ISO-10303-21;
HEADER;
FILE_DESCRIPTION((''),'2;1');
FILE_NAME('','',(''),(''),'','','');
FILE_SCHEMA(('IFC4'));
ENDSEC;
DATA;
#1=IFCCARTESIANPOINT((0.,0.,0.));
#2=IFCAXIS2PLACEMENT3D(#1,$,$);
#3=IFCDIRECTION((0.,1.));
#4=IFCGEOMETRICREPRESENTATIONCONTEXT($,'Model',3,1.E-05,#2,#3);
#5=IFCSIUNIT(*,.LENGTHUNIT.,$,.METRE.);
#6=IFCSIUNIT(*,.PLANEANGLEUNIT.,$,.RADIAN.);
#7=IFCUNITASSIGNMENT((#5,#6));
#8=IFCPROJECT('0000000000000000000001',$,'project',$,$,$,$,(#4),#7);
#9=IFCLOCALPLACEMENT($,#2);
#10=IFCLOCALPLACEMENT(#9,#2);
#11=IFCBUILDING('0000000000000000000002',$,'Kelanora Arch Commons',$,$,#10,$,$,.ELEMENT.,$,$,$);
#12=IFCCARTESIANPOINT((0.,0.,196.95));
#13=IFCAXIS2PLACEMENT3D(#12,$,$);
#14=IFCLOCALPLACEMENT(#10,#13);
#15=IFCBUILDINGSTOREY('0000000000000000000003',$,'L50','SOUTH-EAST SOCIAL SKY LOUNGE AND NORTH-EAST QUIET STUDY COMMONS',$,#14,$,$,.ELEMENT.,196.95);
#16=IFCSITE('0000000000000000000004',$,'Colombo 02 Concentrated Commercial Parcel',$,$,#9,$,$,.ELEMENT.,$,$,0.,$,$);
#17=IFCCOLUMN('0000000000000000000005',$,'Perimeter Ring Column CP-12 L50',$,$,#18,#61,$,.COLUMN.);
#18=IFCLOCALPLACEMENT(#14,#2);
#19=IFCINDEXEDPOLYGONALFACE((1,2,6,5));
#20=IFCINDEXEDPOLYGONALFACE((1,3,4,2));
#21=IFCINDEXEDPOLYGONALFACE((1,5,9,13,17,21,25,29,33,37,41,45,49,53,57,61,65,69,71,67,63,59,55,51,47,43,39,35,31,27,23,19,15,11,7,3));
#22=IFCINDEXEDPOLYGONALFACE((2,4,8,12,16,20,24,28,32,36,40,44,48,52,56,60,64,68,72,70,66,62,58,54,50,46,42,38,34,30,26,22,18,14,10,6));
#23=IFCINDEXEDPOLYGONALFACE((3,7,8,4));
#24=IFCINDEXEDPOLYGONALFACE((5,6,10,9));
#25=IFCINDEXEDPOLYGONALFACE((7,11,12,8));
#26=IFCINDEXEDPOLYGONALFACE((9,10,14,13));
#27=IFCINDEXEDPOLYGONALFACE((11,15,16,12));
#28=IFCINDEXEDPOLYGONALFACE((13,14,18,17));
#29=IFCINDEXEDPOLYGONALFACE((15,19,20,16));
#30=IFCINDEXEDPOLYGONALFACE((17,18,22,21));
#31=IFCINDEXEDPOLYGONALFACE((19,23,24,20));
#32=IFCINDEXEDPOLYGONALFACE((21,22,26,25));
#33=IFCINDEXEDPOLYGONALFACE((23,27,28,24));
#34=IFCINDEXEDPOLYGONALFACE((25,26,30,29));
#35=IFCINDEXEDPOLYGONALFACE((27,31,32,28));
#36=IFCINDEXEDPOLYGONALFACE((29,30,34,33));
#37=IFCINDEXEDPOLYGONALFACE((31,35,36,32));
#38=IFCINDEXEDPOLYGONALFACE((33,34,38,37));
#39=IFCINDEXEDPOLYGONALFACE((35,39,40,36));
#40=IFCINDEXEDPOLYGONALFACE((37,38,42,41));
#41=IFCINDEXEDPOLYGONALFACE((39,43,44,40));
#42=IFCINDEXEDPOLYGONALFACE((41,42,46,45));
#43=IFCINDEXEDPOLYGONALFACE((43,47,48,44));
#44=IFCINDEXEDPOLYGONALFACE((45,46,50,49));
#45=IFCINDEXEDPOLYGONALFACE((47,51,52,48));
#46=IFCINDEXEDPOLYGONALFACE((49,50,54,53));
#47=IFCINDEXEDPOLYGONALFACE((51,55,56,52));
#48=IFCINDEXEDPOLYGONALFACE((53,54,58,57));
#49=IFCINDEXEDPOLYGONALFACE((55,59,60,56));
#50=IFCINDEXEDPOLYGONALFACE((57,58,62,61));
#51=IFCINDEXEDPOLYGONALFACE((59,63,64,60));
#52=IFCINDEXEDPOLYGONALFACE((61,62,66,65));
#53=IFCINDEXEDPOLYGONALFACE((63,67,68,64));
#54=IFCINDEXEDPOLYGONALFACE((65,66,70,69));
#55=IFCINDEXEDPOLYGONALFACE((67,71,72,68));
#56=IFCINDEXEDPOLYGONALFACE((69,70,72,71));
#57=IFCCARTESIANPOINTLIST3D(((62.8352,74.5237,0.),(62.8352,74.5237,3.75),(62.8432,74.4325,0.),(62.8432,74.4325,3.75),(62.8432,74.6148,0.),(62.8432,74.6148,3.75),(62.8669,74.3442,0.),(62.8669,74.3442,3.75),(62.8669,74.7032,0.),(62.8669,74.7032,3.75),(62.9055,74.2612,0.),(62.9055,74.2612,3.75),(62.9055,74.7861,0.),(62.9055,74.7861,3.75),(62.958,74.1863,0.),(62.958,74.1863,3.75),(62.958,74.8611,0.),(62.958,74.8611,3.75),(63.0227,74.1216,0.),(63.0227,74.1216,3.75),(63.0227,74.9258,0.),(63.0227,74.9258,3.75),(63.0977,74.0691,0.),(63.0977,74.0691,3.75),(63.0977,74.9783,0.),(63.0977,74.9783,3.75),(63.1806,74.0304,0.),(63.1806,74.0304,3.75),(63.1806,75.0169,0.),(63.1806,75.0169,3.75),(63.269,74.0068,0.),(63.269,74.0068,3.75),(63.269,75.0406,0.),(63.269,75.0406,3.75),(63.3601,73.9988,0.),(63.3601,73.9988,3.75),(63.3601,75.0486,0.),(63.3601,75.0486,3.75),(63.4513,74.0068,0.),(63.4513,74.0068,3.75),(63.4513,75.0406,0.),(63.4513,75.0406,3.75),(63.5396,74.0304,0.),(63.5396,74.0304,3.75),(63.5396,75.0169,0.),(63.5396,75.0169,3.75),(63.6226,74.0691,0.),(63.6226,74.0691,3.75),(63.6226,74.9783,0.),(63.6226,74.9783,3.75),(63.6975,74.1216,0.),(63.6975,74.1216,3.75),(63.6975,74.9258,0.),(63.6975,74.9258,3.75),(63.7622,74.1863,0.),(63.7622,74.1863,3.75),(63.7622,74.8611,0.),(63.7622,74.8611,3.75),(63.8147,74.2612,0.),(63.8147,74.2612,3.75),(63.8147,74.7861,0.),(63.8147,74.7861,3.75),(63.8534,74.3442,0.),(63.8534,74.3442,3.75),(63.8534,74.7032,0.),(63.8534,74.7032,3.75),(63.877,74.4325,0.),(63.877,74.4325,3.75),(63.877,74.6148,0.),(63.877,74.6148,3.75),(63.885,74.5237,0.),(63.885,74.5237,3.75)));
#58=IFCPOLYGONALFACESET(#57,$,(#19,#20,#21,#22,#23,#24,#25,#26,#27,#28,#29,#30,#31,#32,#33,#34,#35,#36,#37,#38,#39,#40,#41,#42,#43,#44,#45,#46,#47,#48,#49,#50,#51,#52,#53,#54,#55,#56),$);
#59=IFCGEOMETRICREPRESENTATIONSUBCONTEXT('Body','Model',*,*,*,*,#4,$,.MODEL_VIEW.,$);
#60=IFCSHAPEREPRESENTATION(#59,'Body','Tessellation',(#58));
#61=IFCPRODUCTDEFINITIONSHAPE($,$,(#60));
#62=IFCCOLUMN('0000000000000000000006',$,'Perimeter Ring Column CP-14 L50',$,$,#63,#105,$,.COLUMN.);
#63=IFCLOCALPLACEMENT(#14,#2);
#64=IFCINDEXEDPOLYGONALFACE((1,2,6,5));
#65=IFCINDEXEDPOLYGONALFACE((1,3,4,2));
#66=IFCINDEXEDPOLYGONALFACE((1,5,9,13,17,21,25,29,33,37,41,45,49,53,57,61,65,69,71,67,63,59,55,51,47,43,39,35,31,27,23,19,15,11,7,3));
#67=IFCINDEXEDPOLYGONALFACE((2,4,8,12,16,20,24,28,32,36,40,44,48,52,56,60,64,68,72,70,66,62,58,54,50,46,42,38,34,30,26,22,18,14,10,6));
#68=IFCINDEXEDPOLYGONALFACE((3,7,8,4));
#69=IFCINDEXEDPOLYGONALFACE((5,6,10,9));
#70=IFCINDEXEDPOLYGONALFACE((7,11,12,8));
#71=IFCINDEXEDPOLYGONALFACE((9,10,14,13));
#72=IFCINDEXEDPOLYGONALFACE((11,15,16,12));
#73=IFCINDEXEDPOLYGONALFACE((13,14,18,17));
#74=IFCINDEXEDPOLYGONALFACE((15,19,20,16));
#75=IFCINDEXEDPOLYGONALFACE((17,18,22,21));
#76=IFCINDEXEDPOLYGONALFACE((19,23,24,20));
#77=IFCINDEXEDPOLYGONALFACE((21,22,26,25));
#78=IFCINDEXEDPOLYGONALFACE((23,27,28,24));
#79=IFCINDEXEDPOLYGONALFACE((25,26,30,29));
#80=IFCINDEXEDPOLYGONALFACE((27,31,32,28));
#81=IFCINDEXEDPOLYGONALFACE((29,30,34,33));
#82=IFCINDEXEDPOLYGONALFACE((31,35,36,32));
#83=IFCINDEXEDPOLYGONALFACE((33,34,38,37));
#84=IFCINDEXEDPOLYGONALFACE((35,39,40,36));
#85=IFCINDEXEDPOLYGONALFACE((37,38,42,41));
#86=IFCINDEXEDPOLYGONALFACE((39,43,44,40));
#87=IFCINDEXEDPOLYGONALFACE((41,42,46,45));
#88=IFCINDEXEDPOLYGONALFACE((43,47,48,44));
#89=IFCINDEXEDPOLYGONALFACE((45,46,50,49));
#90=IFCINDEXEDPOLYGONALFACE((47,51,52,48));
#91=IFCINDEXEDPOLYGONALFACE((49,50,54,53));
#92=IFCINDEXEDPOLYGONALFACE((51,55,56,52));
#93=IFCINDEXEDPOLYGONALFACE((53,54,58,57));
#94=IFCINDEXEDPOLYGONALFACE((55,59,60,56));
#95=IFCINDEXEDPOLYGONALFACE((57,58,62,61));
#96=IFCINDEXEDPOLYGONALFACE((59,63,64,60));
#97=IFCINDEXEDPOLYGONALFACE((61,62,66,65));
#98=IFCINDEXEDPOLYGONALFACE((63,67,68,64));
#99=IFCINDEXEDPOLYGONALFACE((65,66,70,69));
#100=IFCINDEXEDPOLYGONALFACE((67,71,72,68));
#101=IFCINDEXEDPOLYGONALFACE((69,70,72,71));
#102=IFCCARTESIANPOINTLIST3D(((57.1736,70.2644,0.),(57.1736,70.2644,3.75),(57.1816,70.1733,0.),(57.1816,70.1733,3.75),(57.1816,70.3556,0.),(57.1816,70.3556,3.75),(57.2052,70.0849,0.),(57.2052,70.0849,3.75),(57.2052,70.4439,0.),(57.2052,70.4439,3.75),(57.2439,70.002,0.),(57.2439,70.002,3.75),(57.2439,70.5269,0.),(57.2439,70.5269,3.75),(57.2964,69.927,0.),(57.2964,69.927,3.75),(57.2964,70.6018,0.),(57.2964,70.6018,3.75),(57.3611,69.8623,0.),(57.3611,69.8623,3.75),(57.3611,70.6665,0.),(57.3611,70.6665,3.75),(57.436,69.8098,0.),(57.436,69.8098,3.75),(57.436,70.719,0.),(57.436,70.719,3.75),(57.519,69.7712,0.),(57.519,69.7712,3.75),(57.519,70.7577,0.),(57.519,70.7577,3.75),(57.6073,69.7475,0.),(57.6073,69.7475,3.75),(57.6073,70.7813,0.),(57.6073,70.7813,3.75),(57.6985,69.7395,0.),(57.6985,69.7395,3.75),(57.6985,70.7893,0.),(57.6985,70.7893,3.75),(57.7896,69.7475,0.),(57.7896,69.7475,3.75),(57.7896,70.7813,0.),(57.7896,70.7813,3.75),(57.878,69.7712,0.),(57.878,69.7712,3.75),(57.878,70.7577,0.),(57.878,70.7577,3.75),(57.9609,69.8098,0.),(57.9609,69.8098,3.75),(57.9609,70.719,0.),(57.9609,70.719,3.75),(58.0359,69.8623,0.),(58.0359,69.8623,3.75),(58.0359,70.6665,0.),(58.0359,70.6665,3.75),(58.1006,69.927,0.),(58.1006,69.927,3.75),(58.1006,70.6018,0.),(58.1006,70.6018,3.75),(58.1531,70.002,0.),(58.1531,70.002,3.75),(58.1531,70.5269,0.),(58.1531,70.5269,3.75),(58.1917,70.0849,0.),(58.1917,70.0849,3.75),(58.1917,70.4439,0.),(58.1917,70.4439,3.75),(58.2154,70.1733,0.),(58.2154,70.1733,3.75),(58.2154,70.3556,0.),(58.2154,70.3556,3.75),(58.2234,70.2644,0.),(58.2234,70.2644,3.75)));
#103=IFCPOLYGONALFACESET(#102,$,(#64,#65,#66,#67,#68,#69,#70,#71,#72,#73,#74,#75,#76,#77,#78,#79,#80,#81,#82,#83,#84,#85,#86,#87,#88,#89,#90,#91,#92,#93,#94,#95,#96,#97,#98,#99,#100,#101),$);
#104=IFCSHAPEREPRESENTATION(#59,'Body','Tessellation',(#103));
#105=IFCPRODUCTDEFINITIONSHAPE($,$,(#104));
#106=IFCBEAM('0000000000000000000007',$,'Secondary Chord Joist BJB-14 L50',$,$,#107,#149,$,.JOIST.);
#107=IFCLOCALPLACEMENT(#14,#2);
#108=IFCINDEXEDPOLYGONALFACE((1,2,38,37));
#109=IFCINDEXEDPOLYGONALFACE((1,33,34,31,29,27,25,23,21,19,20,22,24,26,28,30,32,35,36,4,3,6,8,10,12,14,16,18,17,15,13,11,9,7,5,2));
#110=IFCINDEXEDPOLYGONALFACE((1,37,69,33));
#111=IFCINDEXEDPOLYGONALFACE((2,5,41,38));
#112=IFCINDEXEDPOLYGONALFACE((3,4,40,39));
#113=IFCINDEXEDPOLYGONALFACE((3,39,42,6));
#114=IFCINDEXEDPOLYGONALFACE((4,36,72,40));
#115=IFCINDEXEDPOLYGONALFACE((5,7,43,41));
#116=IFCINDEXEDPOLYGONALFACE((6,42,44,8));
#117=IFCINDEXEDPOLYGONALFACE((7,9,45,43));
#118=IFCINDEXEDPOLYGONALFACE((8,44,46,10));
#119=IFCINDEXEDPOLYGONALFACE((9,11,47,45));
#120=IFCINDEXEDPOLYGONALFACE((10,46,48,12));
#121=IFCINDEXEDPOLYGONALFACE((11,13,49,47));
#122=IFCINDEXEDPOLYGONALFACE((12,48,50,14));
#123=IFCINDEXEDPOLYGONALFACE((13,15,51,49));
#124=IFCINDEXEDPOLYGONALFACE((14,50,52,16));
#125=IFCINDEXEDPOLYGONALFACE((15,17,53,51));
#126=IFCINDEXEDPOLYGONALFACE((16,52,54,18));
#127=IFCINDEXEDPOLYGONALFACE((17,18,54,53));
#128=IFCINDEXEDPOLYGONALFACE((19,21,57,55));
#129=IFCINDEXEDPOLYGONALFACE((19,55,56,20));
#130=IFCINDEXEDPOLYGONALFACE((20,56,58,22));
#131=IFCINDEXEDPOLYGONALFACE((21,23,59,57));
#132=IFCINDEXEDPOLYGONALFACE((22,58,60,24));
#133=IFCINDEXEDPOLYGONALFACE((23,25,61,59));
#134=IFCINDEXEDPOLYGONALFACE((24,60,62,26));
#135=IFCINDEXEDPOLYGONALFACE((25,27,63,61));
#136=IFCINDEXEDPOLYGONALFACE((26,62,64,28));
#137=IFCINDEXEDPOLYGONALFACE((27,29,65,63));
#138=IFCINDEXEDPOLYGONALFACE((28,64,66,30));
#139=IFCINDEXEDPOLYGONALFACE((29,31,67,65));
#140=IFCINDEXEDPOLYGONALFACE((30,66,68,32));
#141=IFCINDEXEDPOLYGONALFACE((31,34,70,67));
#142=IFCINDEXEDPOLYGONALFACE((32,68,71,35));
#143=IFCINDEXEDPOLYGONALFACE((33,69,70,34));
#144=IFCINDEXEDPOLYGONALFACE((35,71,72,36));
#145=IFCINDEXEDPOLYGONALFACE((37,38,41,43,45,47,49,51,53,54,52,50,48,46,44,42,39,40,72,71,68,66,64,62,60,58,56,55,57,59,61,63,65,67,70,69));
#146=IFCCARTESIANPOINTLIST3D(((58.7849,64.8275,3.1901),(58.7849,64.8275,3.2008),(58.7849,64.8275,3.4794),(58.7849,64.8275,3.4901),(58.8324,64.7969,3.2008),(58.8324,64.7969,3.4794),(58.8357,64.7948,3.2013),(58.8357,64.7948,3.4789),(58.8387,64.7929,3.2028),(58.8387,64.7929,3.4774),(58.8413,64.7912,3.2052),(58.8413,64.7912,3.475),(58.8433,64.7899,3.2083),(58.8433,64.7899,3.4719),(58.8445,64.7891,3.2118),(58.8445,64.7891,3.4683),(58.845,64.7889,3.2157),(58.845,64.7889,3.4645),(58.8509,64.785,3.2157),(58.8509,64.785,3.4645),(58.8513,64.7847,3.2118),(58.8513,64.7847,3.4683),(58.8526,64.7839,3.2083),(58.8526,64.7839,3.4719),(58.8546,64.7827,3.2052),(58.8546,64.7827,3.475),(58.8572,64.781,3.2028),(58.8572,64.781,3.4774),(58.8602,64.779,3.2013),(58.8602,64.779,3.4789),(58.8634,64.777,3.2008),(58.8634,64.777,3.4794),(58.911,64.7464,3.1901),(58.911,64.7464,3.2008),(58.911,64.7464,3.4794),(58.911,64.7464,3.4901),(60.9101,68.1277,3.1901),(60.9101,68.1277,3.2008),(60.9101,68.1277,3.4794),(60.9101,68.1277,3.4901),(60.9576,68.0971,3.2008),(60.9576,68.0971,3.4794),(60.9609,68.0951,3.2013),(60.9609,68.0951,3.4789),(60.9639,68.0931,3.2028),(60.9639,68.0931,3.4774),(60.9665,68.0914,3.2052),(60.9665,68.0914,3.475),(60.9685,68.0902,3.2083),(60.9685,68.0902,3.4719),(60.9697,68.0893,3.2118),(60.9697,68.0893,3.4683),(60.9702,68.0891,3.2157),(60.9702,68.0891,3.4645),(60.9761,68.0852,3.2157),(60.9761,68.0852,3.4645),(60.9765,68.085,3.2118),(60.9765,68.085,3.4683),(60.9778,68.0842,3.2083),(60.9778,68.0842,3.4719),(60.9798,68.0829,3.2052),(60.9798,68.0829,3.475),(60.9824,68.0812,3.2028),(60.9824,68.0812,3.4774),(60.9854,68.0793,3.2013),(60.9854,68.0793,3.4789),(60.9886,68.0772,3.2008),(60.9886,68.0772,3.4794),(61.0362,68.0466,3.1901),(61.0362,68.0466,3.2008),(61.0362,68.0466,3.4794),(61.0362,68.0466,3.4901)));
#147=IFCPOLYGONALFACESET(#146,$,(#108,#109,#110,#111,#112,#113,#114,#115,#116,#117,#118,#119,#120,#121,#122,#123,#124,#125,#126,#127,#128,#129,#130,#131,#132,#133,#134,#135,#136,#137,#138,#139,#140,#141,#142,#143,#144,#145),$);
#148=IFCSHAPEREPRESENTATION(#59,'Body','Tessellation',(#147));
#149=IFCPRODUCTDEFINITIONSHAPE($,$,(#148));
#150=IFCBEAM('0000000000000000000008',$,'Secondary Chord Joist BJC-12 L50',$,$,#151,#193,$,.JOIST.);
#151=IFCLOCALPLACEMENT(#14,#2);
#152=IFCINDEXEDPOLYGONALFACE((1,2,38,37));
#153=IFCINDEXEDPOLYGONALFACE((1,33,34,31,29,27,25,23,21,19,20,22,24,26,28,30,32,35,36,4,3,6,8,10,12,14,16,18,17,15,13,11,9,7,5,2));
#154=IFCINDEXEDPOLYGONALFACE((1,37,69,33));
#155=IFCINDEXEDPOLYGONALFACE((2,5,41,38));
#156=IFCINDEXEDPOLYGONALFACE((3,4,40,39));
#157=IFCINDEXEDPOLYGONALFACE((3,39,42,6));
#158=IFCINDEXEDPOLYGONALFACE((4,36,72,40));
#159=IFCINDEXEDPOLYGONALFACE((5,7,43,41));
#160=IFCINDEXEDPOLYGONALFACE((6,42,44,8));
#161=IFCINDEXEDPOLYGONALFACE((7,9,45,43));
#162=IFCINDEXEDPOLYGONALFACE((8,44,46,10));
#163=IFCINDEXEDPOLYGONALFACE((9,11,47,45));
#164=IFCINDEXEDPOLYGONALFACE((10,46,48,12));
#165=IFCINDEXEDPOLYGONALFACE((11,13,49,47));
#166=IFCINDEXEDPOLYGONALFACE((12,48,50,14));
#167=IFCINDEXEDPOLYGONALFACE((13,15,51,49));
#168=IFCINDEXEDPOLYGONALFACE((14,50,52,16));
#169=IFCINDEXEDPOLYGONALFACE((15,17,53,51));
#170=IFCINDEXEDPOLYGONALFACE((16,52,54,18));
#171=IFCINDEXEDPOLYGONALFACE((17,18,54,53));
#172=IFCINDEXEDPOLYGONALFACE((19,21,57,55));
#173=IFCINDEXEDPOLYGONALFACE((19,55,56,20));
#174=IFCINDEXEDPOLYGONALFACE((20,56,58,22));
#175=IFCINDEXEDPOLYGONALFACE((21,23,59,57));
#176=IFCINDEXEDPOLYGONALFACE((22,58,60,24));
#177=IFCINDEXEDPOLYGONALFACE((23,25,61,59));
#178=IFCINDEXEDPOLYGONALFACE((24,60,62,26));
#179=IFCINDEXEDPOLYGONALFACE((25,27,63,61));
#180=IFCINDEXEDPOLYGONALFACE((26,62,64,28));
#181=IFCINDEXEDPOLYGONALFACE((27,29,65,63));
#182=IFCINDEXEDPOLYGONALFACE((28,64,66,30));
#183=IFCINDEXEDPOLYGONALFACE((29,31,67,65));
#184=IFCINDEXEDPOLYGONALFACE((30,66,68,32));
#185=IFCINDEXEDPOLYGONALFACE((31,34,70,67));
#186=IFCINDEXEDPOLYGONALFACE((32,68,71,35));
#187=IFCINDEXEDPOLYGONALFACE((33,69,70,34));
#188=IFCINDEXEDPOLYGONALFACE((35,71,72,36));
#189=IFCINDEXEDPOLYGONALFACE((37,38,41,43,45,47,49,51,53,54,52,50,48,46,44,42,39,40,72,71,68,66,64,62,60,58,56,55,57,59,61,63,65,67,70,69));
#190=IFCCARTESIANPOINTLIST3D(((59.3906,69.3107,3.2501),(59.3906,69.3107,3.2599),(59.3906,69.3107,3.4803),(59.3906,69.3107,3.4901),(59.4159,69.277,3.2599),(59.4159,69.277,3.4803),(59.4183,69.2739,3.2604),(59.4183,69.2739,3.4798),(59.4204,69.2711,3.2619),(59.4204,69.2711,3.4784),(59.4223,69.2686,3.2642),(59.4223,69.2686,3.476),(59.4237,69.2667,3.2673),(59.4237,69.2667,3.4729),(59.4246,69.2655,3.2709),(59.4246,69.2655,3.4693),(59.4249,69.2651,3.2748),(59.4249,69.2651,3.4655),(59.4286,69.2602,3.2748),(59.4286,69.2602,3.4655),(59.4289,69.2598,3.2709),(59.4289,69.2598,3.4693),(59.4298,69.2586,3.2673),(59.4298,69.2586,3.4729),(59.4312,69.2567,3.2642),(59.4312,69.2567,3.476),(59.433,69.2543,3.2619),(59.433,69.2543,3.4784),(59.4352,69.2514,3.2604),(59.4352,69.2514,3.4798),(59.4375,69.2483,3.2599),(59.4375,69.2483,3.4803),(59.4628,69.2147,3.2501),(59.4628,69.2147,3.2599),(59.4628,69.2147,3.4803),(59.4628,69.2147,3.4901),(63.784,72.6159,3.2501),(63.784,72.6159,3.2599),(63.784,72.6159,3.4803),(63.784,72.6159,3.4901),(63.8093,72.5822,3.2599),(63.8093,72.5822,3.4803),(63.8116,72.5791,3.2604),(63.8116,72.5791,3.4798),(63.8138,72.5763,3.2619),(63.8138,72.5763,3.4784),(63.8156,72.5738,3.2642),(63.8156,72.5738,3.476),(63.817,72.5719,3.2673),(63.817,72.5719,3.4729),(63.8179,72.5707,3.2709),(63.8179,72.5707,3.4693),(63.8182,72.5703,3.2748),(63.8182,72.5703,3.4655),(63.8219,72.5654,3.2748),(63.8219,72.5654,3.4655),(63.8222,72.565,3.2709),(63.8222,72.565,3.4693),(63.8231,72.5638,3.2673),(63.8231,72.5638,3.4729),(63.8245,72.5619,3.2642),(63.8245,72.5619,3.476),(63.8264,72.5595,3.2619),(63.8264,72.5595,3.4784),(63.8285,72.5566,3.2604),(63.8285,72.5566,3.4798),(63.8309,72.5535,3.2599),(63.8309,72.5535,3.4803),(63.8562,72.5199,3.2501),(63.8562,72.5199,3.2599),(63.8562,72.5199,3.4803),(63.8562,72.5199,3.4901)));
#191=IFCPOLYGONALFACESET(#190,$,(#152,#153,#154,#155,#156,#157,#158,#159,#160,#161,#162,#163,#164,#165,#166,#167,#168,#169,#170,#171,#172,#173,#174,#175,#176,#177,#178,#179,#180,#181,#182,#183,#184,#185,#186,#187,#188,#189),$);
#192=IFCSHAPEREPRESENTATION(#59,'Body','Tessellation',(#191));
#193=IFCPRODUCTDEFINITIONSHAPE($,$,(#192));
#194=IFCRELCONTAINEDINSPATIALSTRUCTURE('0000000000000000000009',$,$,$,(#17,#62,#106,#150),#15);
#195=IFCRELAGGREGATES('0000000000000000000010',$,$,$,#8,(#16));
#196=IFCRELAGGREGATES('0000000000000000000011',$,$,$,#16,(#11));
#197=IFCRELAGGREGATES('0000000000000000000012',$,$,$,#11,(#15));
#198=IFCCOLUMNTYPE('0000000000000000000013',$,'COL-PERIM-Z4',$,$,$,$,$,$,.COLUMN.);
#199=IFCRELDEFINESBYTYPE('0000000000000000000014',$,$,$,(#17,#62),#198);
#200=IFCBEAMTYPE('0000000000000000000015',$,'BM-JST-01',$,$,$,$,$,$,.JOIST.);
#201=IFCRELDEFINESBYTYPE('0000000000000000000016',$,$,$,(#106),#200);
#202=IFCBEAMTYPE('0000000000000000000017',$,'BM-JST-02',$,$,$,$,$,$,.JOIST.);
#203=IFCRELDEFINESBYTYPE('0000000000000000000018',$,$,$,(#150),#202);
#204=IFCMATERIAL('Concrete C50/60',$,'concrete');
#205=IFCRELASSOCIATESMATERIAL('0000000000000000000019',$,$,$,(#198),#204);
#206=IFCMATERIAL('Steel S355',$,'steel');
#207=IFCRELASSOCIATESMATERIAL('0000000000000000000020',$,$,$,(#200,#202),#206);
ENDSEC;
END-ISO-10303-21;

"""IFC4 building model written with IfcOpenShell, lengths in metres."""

from ifc_helpers import new_model, si_unit, direction, frame, origin, origin_2d, place, context, subcontext, project, spatial, circle, i_section, extrude, material, material_profile, profile_set, type_object, element, save


model = new_model("IFC4")

# Units and contexts
model_context = context("Model", 3, precision=1e-05, world=origin(), true_north=direction((0.0, 1.0)))
body_context = subcontext(model_context, "Body", "Model", "MODEL_VIEW")
ifc_project = project(units=[si_unit("LENGTHUNIT", "METRE"), si_unit("PLANEANGLEUNIT", "RADIAN")], contexts=[model_context])

# Site, building, storey
site_placement = place(None, origin())
site = spatial("IfcSite", under=ifc_project, at=site_placement, Name="Colombo 02 Concentrated Commercial Parcel", CompositionType="ELEMENT", RefElevation=0.0)
building_placement = place(site_placement, origin())
building = spatial("IfcBuilding", under=site, at=building_placement, Name="Kelanora Arch Commons", CompositionType="ELEMENT")
storey_placement = place(building_placement, frame((0.0, 0.0, 196.95)))
storey = spatial("IfcBuildingStorey", under=building, at=storey_placement, Name="L50", Description="SOUTH-EAST SOCIAL SKY LOUNGE AND NORTH-EAST QUIET STUDY COMMONS", CompositionType="ELEMENT", Elevation=196.95)

# Columns
ifc_material_1 = material(Name="Concrete C50/60", Category="concrete")
ifc_material_profile_1 = material_profile(ifc_material_1, circle(Radius=0.5249, at=origin_2d()), Name="RCC1050")
ifc_profile_set_1 = profile_set([ifc_material_profile_1], Name="Concrete C50/60")
column_type = type_object("IfcColumnType", Name="COL-PERIM-Z4", PredefinedType="COLUMN", material=ifc_profile_set_1)
for number, where, z_axis, x_axis, name in (
    (1, (63.3601, 74.5237, 0.0), (0.0, 0.0, 1.0), (1.0, 0.0, 0.0), "Perimeter Ring Column CP-12 L50"),
    (2, (57.6985, 70.2644, 0.0), (0.0, 0.0, 1.0), (1.0, 0.0, 0.0), "Perimeter Ring Column CP-14 L50"),
):
    element("IfcColumn", number, at=place(storey_placement, frame(where, z_axis=z_axis, x_axis=x_axis)), inside=storey, type_object=column_type, Name=name, PredefinedType="COLUMN", context=body_context, shape_type="SweptSolid", body=[
        extrude(circle(Radius=0.5249, at=origin_2d()), origin(), (0.0, 0.0, 1.0), 3.75),
    ])

# Beams
ifc_material_2 = material(Name="Steel S355", Category="steel")
ifc_material_profile_2 = material_profile(ifc_material_2, i_section(OverallWidth=0.1499, OverallDepth=0.3, WebThickness=0.0071, FlangeThickness=0.0107, FilletRadius=0.0149, at=origin_2d()), Name="IPE300")
ifc_profile_set_2 = profile_set([ifc_material_profile_2], Name="Steel S355")
beam_type_1 = type_object("IfcBeamType", Name="BM-JST-01", PredefinedType="JOIST", material=ifc_profile_set_2)
beam_1_placement = place(storey_placement, frame((60.9731, 68.0872, 3.3401), z_axis=(-0.541411, -0.840758, 0.0), x_axis=(0.840758, -0.541411, 0.0)))
element("IfcBeam", 3, at=beam_1_placement, inside=storey, type_object=beam_type_1, Name="Secondary Chord Joist BJB-14 L50", PredefinedType="JOIST", context=body_context, shape_type="SweptSolid", body=[
    extrude(i_section(OverallWidth=0.1499, OverallDepth=0.3, WebThickness=0.0071, FlangeThickness=0.0107, FilletRadius=0.0149, at=origin_2d()), origin(), (0.0, 0.0, 1.0), 3.9253),
])
ifc_material_profile_3 = material_profile(ifc_material_2, i_section(OverallWidth=0.1201, OverallDepth=0.24, WebThickness=0.0061, FlangeThickness=0.0098, FilletRadius=0.0149, at=origin_2d()), Name="IPE240")
ifc_profile_set_3 = profile_set([ifc_material_profile_3], Name="Steel S355")
beam_type_2 = type_object("IfcBeamType", Name="BM-JST-02", PredefinedType="JOIST", material=ifc_profile_set_3)
beam_2_placement = place(storey_placement, frame((63.8201, 72.5679, 3.3701), z_axis=(-0.799109, -0.601186, 0.0), x_axis=(0.601186, -0.799109, 0.0)))
element("IfcBeam", 4, at=beam_2_placement, inside=storey, type_object=beam_type_2, Name="Secondary Chord Joist BJC-12 L50", PredefinedType="JOIST", context=body_context, shape_type="SweptSolid", body=[
    extrude(i_section(OverallWidth=0.1201, OverallDepth=0.24, WebThickness=0.0061, FlangeThickness=0.0098, FilletRadius=0.0149, at=origin_2d()), origin(), (0.0, 0.0, 1.0), 5.4978),
])

save(model, "model.ifc")
